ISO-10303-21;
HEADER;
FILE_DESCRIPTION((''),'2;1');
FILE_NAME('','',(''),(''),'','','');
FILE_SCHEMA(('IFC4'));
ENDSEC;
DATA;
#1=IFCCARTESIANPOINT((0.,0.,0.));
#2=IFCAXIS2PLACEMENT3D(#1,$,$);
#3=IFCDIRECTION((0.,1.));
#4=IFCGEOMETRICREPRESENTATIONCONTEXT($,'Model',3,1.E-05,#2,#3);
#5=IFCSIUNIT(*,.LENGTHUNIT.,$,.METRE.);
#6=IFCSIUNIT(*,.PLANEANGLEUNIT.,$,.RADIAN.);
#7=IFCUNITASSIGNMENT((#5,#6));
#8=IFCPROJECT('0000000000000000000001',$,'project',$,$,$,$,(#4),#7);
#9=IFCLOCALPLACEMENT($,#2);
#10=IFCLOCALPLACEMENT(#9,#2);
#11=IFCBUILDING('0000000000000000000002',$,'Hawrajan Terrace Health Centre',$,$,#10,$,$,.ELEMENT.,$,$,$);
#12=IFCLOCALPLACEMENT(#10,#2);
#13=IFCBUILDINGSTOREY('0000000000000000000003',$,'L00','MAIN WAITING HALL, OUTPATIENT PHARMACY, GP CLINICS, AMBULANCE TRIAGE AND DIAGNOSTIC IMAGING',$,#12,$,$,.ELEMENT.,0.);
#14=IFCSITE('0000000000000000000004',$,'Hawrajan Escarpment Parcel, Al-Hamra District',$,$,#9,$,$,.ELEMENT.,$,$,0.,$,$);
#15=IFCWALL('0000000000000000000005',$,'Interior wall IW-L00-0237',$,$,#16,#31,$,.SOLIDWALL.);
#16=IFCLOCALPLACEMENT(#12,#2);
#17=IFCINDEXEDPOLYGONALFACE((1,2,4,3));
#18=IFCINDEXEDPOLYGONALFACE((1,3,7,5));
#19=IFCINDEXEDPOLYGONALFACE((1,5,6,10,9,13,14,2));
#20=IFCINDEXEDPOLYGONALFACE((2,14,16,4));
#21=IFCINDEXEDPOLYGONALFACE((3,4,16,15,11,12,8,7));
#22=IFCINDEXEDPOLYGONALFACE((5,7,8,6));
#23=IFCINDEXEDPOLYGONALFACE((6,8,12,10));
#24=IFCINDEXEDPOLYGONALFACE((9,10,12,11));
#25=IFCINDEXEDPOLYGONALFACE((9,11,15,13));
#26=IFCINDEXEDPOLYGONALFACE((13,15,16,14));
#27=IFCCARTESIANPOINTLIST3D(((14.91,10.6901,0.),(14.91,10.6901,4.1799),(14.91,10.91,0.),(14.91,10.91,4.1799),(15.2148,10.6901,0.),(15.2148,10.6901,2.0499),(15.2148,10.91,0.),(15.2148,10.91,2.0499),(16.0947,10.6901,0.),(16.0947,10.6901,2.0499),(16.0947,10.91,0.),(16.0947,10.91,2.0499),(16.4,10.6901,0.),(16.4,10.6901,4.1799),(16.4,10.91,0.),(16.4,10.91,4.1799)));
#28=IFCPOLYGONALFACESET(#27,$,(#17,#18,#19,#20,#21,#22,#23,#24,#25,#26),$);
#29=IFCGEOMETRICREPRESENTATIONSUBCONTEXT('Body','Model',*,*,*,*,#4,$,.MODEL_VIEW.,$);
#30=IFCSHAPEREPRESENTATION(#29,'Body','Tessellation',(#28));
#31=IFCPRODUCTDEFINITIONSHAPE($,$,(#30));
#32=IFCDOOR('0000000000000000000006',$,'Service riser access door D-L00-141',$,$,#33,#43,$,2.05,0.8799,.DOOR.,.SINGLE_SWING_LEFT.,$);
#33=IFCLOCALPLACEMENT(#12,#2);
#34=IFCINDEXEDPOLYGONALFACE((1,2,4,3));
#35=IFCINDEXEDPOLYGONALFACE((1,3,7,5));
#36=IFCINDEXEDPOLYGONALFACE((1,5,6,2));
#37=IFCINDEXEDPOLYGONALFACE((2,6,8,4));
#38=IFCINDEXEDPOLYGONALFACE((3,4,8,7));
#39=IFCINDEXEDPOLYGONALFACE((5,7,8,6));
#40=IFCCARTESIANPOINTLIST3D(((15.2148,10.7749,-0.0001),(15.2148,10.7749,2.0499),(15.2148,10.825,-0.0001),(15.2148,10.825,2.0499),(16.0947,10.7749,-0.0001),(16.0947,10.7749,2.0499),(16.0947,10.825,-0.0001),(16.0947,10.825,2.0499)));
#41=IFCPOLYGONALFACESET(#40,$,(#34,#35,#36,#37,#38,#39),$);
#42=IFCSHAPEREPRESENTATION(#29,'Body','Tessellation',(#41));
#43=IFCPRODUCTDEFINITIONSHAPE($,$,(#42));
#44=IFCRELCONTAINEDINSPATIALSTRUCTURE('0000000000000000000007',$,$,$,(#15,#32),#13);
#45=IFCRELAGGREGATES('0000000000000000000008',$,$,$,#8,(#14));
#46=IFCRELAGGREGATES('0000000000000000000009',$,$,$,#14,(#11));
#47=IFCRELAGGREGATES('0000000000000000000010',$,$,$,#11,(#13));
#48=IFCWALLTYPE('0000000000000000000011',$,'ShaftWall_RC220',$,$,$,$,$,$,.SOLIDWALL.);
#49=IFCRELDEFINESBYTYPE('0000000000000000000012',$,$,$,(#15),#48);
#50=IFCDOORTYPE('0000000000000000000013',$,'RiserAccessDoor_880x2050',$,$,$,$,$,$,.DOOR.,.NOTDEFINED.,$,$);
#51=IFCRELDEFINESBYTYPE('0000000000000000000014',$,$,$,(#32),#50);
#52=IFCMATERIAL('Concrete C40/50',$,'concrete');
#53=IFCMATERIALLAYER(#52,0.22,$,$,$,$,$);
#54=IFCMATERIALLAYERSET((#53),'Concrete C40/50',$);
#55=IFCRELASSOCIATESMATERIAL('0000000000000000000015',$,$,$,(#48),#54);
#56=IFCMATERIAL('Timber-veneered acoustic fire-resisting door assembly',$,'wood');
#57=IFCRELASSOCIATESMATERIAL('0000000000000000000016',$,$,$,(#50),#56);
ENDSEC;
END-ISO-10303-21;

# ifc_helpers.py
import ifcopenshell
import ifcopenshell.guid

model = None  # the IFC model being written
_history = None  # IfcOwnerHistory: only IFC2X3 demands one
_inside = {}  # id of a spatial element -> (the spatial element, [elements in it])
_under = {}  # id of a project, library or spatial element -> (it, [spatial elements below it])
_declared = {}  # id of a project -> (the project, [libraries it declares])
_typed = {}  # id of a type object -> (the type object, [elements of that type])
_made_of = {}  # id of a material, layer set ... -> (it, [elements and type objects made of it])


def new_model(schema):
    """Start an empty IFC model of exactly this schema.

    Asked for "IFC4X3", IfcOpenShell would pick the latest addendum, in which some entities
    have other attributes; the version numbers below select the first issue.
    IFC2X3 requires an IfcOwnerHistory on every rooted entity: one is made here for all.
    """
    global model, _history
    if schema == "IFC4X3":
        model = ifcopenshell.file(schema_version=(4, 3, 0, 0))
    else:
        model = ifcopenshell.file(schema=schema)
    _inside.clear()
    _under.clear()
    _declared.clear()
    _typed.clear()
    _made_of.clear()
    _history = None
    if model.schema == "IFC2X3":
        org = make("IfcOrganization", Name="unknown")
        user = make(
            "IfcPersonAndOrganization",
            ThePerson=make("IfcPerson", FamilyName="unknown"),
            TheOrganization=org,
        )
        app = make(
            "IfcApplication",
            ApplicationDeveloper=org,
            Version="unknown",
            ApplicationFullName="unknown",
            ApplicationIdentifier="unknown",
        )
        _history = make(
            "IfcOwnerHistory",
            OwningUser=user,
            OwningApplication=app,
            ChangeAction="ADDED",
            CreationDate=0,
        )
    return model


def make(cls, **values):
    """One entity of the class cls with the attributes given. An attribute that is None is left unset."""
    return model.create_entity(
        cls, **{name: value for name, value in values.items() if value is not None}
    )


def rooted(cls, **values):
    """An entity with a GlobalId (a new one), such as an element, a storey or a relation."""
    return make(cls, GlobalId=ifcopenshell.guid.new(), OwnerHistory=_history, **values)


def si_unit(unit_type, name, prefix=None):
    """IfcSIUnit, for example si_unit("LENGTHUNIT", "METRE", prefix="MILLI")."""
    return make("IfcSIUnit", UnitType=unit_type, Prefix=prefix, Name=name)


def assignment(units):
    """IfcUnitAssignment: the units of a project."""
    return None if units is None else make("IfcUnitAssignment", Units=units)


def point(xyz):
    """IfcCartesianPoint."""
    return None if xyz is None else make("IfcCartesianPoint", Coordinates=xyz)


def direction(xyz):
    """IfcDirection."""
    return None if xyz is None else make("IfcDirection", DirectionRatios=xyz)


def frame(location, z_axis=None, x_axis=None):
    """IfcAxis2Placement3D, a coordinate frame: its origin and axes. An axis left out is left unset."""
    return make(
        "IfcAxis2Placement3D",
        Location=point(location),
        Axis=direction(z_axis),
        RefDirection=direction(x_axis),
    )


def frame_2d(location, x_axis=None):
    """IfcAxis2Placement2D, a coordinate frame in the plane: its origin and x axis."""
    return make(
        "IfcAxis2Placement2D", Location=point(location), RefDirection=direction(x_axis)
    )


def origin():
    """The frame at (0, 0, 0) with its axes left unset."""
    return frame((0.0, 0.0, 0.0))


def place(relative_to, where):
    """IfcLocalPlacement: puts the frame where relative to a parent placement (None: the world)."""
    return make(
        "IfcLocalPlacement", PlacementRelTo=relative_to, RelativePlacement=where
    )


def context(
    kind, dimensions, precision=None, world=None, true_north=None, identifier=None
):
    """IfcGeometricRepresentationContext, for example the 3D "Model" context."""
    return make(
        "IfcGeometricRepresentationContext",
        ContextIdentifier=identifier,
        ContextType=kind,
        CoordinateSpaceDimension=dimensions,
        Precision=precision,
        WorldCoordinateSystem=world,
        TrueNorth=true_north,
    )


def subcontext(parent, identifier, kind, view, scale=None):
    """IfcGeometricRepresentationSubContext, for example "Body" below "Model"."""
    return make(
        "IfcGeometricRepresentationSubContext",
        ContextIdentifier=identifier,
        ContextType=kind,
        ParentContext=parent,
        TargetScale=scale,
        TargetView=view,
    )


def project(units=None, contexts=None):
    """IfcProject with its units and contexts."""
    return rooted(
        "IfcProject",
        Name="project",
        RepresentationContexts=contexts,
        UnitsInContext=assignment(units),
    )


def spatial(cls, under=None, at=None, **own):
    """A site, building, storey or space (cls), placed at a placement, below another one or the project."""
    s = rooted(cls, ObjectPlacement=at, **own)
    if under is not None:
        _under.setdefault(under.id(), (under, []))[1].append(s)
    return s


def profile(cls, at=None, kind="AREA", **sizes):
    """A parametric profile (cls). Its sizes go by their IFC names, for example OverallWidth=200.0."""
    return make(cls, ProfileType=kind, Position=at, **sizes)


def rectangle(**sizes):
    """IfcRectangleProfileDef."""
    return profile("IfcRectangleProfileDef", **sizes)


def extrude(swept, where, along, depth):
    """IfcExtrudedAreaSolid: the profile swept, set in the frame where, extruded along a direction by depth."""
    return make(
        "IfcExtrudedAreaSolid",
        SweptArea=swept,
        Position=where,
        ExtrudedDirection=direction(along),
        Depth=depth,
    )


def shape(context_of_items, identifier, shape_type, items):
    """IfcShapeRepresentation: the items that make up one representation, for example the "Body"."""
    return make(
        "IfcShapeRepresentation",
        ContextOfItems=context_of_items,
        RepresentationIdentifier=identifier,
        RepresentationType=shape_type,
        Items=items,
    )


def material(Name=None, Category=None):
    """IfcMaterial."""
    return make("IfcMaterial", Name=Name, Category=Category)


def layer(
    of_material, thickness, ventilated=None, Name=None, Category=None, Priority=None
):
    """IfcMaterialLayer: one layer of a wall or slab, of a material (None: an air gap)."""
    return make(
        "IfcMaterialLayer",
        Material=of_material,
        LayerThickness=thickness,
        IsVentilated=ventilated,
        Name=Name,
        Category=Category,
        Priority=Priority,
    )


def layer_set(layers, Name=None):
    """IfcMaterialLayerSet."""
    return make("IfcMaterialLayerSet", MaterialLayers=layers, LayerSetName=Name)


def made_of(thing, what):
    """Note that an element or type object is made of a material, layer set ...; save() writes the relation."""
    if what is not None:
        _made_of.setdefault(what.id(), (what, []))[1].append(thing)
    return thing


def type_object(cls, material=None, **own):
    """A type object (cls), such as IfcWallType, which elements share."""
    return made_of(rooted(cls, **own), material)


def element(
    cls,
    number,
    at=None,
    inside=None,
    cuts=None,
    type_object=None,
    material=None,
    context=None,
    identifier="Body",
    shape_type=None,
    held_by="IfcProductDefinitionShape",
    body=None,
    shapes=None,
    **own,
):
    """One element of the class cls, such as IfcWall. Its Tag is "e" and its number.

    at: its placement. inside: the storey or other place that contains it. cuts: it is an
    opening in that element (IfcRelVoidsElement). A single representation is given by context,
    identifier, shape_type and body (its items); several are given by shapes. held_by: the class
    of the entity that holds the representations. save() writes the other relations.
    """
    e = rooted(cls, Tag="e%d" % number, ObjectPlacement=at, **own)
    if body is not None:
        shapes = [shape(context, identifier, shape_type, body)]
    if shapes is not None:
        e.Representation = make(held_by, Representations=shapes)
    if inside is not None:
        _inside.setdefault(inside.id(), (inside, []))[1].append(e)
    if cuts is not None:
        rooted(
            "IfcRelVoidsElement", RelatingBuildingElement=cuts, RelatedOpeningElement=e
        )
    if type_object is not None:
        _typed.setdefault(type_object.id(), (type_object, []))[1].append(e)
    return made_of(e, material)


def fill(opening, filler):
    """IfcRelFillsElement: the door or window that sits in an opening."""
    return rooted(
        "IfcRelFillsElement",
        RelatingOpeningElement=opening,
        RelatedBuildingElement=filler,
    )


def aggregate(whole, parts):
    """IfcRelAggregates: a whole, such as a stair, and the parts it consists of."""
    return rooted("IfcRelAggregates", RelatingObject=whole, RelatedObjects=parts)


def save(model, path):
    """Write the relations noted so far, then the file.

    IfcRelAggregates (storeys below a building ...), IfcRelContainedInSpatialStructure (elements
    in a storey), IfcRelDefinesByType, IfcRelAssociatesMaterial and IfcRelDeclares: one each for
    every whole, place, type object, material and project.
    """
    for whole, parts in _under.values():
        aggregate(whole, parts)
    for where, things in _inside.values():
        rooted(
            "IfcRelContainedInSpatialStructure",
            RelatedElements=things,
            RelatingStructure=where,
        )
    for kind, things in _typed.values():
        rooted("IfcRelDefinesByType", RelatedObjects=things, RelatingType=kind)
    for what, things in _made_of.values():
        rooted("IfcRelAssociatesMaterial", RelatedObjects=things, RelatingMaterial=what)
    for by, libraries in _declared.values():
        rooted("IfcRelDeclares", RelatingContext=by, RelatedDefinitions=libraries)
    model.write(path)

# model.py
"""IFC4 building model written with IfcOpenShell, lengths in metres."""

from ifc_helpers import new_model, si_unit, direction, frame, frame_2d, origin, place, context, subcontext, project, spatial, rectangle, extrude, material, layer, layer_set, type_object, element, fill, save


model = new_model("IFC4")

# Units and contexts
model_context = context("Model", 3, precision=1e-05, world=origin(), true_north=direction((0.0, 1.0)))
body_context = subcontext(model_context, "Body", "Model", "MODEL_VIEW")
ifc_project = project(units=[si_unit("LENGTHUNIT", "METRE"), si_unit("PLANEANGLEUNIT", "RADIAN")], contexts=[model_context])

# Site, building, storey
site_placement = place(None, origin())
site = spatial("IfcSite", under=ifc_project, at=site_placement, Name="Hawrajan Escarpment Parcel, Al-Hamra District", CompositionType="ELEMENT", RefElevation=0.0)
building_placement = place(site_placement, origin())
building = spatial("IfcBuilding", under=site, at=building_placement, Name="Hawrajan Terrace Health Centre", CompositionType="ELEMENT")
storey_placement = place(building_placement, origin())
storey = spatial("IfcBuildingStorey", under=building, at=storey_placement, Name="L00", Description="MAIN WAITING HALL, OUTPATIENT PHARMACY, GP CLINICS, AMBULANCE TRIAGE AND DIAGNOSTIC IMAGING", CompositionType="ELEMENT", Elevation=0.0)

# Shared definitions
ifc_material_1 = material(Name="Concrete C40/50", Category="concrete")

# Shared definitions
ifc_material_2 = material(Name="Timber-veneered acoustic fire-resisting door assembly", Category="wood")

# Shared definitions
ifc_layer_1 = layer(ifc_material_1, 0.22)
ifc_layer_set_1 = layer_set([ifc_layer_1], Name="Concrete C40/50")
wall_type_1 = type_object("IfcWallType", Name="ShaftWall_RC220", PredefinedType="SOLIDWALL", material=ifc_layer_set_1)

# Wall, opening, door
wall_1_placement = place(storey_placement, frame((14.9099, 10.8, 0.0), z_axis=(0.0, 0.0, 1.0), x_axis=(1.0, 0.0, 0.0)))
wall_1 = element("IfcWall", 1, at=wall_1_placement, inside=storey, type_object=wall_type_1, Name="Interior wall IW-L00-0237", PredefinedType="SOLIDWALL", context=body_context, shape_type="SweptSolid", body=[
    extrude(rectangle(XDim=1.49, YDim=0.22, at=frame_2d((0.7451, 0.0))), origin(), (0.0, 0.0, 1.0), 4.1799),
])
opening_1_placement = place(wall_1_placement, frame((0.3049, 0.0, 0.0)))
opening_1 = element("IfcOpeningElement", 2, at=opening_1_placement, cuts=wall_1, PredefinedType="OPENING", context=body_context, shape_type="SweptSolid", body=[
    extrude(rectangle(XDim=0.8799, YDim=2.05, at=frame_2d((0.4399, 1.0249))), frame((0.0, 0.1199, 0.0), z_axis=(0.0, -1.0, 0.0), x_axis=(1.0, 0.0, 0.0)), (0.0, 0.0, 1.0), 0.24),
])
door_type_1 = type_object("IfcDoorType", Name="RiserAccessDoor_880x2050", OperationType="NOTDEFINED", PredefinedType="DOOR", material=ifc_material_2)
door_1_placement = place(opening_1_placement, origin())
door_1 = element("IfcDoor", 3, at=door_1_placement, inside=storey, type_object=door_type_1, Name="Service riser access door D-L00-141", OperationType="SINGLE_SWING_LEFT", OverallHeight=2.05, OverallWidth=0.8799, PredefinedType="DOOR", context=body_context, shape_type="SweptSolid", body=[
    extrude(rectangle(XDim=0.8799, YDim=2.05, at=frame_2d((0.4399, 1.0249))), frame((0.0, 0.0249, 0.0), z_axis=(0.0, -1.0, 0.0), x_axis=(1.0, 0.0, 0.0)), (0.0, 0.0, 1.0), 0.05),
])
fill(opening_1, door_1)

save(model, "model.ifc")
